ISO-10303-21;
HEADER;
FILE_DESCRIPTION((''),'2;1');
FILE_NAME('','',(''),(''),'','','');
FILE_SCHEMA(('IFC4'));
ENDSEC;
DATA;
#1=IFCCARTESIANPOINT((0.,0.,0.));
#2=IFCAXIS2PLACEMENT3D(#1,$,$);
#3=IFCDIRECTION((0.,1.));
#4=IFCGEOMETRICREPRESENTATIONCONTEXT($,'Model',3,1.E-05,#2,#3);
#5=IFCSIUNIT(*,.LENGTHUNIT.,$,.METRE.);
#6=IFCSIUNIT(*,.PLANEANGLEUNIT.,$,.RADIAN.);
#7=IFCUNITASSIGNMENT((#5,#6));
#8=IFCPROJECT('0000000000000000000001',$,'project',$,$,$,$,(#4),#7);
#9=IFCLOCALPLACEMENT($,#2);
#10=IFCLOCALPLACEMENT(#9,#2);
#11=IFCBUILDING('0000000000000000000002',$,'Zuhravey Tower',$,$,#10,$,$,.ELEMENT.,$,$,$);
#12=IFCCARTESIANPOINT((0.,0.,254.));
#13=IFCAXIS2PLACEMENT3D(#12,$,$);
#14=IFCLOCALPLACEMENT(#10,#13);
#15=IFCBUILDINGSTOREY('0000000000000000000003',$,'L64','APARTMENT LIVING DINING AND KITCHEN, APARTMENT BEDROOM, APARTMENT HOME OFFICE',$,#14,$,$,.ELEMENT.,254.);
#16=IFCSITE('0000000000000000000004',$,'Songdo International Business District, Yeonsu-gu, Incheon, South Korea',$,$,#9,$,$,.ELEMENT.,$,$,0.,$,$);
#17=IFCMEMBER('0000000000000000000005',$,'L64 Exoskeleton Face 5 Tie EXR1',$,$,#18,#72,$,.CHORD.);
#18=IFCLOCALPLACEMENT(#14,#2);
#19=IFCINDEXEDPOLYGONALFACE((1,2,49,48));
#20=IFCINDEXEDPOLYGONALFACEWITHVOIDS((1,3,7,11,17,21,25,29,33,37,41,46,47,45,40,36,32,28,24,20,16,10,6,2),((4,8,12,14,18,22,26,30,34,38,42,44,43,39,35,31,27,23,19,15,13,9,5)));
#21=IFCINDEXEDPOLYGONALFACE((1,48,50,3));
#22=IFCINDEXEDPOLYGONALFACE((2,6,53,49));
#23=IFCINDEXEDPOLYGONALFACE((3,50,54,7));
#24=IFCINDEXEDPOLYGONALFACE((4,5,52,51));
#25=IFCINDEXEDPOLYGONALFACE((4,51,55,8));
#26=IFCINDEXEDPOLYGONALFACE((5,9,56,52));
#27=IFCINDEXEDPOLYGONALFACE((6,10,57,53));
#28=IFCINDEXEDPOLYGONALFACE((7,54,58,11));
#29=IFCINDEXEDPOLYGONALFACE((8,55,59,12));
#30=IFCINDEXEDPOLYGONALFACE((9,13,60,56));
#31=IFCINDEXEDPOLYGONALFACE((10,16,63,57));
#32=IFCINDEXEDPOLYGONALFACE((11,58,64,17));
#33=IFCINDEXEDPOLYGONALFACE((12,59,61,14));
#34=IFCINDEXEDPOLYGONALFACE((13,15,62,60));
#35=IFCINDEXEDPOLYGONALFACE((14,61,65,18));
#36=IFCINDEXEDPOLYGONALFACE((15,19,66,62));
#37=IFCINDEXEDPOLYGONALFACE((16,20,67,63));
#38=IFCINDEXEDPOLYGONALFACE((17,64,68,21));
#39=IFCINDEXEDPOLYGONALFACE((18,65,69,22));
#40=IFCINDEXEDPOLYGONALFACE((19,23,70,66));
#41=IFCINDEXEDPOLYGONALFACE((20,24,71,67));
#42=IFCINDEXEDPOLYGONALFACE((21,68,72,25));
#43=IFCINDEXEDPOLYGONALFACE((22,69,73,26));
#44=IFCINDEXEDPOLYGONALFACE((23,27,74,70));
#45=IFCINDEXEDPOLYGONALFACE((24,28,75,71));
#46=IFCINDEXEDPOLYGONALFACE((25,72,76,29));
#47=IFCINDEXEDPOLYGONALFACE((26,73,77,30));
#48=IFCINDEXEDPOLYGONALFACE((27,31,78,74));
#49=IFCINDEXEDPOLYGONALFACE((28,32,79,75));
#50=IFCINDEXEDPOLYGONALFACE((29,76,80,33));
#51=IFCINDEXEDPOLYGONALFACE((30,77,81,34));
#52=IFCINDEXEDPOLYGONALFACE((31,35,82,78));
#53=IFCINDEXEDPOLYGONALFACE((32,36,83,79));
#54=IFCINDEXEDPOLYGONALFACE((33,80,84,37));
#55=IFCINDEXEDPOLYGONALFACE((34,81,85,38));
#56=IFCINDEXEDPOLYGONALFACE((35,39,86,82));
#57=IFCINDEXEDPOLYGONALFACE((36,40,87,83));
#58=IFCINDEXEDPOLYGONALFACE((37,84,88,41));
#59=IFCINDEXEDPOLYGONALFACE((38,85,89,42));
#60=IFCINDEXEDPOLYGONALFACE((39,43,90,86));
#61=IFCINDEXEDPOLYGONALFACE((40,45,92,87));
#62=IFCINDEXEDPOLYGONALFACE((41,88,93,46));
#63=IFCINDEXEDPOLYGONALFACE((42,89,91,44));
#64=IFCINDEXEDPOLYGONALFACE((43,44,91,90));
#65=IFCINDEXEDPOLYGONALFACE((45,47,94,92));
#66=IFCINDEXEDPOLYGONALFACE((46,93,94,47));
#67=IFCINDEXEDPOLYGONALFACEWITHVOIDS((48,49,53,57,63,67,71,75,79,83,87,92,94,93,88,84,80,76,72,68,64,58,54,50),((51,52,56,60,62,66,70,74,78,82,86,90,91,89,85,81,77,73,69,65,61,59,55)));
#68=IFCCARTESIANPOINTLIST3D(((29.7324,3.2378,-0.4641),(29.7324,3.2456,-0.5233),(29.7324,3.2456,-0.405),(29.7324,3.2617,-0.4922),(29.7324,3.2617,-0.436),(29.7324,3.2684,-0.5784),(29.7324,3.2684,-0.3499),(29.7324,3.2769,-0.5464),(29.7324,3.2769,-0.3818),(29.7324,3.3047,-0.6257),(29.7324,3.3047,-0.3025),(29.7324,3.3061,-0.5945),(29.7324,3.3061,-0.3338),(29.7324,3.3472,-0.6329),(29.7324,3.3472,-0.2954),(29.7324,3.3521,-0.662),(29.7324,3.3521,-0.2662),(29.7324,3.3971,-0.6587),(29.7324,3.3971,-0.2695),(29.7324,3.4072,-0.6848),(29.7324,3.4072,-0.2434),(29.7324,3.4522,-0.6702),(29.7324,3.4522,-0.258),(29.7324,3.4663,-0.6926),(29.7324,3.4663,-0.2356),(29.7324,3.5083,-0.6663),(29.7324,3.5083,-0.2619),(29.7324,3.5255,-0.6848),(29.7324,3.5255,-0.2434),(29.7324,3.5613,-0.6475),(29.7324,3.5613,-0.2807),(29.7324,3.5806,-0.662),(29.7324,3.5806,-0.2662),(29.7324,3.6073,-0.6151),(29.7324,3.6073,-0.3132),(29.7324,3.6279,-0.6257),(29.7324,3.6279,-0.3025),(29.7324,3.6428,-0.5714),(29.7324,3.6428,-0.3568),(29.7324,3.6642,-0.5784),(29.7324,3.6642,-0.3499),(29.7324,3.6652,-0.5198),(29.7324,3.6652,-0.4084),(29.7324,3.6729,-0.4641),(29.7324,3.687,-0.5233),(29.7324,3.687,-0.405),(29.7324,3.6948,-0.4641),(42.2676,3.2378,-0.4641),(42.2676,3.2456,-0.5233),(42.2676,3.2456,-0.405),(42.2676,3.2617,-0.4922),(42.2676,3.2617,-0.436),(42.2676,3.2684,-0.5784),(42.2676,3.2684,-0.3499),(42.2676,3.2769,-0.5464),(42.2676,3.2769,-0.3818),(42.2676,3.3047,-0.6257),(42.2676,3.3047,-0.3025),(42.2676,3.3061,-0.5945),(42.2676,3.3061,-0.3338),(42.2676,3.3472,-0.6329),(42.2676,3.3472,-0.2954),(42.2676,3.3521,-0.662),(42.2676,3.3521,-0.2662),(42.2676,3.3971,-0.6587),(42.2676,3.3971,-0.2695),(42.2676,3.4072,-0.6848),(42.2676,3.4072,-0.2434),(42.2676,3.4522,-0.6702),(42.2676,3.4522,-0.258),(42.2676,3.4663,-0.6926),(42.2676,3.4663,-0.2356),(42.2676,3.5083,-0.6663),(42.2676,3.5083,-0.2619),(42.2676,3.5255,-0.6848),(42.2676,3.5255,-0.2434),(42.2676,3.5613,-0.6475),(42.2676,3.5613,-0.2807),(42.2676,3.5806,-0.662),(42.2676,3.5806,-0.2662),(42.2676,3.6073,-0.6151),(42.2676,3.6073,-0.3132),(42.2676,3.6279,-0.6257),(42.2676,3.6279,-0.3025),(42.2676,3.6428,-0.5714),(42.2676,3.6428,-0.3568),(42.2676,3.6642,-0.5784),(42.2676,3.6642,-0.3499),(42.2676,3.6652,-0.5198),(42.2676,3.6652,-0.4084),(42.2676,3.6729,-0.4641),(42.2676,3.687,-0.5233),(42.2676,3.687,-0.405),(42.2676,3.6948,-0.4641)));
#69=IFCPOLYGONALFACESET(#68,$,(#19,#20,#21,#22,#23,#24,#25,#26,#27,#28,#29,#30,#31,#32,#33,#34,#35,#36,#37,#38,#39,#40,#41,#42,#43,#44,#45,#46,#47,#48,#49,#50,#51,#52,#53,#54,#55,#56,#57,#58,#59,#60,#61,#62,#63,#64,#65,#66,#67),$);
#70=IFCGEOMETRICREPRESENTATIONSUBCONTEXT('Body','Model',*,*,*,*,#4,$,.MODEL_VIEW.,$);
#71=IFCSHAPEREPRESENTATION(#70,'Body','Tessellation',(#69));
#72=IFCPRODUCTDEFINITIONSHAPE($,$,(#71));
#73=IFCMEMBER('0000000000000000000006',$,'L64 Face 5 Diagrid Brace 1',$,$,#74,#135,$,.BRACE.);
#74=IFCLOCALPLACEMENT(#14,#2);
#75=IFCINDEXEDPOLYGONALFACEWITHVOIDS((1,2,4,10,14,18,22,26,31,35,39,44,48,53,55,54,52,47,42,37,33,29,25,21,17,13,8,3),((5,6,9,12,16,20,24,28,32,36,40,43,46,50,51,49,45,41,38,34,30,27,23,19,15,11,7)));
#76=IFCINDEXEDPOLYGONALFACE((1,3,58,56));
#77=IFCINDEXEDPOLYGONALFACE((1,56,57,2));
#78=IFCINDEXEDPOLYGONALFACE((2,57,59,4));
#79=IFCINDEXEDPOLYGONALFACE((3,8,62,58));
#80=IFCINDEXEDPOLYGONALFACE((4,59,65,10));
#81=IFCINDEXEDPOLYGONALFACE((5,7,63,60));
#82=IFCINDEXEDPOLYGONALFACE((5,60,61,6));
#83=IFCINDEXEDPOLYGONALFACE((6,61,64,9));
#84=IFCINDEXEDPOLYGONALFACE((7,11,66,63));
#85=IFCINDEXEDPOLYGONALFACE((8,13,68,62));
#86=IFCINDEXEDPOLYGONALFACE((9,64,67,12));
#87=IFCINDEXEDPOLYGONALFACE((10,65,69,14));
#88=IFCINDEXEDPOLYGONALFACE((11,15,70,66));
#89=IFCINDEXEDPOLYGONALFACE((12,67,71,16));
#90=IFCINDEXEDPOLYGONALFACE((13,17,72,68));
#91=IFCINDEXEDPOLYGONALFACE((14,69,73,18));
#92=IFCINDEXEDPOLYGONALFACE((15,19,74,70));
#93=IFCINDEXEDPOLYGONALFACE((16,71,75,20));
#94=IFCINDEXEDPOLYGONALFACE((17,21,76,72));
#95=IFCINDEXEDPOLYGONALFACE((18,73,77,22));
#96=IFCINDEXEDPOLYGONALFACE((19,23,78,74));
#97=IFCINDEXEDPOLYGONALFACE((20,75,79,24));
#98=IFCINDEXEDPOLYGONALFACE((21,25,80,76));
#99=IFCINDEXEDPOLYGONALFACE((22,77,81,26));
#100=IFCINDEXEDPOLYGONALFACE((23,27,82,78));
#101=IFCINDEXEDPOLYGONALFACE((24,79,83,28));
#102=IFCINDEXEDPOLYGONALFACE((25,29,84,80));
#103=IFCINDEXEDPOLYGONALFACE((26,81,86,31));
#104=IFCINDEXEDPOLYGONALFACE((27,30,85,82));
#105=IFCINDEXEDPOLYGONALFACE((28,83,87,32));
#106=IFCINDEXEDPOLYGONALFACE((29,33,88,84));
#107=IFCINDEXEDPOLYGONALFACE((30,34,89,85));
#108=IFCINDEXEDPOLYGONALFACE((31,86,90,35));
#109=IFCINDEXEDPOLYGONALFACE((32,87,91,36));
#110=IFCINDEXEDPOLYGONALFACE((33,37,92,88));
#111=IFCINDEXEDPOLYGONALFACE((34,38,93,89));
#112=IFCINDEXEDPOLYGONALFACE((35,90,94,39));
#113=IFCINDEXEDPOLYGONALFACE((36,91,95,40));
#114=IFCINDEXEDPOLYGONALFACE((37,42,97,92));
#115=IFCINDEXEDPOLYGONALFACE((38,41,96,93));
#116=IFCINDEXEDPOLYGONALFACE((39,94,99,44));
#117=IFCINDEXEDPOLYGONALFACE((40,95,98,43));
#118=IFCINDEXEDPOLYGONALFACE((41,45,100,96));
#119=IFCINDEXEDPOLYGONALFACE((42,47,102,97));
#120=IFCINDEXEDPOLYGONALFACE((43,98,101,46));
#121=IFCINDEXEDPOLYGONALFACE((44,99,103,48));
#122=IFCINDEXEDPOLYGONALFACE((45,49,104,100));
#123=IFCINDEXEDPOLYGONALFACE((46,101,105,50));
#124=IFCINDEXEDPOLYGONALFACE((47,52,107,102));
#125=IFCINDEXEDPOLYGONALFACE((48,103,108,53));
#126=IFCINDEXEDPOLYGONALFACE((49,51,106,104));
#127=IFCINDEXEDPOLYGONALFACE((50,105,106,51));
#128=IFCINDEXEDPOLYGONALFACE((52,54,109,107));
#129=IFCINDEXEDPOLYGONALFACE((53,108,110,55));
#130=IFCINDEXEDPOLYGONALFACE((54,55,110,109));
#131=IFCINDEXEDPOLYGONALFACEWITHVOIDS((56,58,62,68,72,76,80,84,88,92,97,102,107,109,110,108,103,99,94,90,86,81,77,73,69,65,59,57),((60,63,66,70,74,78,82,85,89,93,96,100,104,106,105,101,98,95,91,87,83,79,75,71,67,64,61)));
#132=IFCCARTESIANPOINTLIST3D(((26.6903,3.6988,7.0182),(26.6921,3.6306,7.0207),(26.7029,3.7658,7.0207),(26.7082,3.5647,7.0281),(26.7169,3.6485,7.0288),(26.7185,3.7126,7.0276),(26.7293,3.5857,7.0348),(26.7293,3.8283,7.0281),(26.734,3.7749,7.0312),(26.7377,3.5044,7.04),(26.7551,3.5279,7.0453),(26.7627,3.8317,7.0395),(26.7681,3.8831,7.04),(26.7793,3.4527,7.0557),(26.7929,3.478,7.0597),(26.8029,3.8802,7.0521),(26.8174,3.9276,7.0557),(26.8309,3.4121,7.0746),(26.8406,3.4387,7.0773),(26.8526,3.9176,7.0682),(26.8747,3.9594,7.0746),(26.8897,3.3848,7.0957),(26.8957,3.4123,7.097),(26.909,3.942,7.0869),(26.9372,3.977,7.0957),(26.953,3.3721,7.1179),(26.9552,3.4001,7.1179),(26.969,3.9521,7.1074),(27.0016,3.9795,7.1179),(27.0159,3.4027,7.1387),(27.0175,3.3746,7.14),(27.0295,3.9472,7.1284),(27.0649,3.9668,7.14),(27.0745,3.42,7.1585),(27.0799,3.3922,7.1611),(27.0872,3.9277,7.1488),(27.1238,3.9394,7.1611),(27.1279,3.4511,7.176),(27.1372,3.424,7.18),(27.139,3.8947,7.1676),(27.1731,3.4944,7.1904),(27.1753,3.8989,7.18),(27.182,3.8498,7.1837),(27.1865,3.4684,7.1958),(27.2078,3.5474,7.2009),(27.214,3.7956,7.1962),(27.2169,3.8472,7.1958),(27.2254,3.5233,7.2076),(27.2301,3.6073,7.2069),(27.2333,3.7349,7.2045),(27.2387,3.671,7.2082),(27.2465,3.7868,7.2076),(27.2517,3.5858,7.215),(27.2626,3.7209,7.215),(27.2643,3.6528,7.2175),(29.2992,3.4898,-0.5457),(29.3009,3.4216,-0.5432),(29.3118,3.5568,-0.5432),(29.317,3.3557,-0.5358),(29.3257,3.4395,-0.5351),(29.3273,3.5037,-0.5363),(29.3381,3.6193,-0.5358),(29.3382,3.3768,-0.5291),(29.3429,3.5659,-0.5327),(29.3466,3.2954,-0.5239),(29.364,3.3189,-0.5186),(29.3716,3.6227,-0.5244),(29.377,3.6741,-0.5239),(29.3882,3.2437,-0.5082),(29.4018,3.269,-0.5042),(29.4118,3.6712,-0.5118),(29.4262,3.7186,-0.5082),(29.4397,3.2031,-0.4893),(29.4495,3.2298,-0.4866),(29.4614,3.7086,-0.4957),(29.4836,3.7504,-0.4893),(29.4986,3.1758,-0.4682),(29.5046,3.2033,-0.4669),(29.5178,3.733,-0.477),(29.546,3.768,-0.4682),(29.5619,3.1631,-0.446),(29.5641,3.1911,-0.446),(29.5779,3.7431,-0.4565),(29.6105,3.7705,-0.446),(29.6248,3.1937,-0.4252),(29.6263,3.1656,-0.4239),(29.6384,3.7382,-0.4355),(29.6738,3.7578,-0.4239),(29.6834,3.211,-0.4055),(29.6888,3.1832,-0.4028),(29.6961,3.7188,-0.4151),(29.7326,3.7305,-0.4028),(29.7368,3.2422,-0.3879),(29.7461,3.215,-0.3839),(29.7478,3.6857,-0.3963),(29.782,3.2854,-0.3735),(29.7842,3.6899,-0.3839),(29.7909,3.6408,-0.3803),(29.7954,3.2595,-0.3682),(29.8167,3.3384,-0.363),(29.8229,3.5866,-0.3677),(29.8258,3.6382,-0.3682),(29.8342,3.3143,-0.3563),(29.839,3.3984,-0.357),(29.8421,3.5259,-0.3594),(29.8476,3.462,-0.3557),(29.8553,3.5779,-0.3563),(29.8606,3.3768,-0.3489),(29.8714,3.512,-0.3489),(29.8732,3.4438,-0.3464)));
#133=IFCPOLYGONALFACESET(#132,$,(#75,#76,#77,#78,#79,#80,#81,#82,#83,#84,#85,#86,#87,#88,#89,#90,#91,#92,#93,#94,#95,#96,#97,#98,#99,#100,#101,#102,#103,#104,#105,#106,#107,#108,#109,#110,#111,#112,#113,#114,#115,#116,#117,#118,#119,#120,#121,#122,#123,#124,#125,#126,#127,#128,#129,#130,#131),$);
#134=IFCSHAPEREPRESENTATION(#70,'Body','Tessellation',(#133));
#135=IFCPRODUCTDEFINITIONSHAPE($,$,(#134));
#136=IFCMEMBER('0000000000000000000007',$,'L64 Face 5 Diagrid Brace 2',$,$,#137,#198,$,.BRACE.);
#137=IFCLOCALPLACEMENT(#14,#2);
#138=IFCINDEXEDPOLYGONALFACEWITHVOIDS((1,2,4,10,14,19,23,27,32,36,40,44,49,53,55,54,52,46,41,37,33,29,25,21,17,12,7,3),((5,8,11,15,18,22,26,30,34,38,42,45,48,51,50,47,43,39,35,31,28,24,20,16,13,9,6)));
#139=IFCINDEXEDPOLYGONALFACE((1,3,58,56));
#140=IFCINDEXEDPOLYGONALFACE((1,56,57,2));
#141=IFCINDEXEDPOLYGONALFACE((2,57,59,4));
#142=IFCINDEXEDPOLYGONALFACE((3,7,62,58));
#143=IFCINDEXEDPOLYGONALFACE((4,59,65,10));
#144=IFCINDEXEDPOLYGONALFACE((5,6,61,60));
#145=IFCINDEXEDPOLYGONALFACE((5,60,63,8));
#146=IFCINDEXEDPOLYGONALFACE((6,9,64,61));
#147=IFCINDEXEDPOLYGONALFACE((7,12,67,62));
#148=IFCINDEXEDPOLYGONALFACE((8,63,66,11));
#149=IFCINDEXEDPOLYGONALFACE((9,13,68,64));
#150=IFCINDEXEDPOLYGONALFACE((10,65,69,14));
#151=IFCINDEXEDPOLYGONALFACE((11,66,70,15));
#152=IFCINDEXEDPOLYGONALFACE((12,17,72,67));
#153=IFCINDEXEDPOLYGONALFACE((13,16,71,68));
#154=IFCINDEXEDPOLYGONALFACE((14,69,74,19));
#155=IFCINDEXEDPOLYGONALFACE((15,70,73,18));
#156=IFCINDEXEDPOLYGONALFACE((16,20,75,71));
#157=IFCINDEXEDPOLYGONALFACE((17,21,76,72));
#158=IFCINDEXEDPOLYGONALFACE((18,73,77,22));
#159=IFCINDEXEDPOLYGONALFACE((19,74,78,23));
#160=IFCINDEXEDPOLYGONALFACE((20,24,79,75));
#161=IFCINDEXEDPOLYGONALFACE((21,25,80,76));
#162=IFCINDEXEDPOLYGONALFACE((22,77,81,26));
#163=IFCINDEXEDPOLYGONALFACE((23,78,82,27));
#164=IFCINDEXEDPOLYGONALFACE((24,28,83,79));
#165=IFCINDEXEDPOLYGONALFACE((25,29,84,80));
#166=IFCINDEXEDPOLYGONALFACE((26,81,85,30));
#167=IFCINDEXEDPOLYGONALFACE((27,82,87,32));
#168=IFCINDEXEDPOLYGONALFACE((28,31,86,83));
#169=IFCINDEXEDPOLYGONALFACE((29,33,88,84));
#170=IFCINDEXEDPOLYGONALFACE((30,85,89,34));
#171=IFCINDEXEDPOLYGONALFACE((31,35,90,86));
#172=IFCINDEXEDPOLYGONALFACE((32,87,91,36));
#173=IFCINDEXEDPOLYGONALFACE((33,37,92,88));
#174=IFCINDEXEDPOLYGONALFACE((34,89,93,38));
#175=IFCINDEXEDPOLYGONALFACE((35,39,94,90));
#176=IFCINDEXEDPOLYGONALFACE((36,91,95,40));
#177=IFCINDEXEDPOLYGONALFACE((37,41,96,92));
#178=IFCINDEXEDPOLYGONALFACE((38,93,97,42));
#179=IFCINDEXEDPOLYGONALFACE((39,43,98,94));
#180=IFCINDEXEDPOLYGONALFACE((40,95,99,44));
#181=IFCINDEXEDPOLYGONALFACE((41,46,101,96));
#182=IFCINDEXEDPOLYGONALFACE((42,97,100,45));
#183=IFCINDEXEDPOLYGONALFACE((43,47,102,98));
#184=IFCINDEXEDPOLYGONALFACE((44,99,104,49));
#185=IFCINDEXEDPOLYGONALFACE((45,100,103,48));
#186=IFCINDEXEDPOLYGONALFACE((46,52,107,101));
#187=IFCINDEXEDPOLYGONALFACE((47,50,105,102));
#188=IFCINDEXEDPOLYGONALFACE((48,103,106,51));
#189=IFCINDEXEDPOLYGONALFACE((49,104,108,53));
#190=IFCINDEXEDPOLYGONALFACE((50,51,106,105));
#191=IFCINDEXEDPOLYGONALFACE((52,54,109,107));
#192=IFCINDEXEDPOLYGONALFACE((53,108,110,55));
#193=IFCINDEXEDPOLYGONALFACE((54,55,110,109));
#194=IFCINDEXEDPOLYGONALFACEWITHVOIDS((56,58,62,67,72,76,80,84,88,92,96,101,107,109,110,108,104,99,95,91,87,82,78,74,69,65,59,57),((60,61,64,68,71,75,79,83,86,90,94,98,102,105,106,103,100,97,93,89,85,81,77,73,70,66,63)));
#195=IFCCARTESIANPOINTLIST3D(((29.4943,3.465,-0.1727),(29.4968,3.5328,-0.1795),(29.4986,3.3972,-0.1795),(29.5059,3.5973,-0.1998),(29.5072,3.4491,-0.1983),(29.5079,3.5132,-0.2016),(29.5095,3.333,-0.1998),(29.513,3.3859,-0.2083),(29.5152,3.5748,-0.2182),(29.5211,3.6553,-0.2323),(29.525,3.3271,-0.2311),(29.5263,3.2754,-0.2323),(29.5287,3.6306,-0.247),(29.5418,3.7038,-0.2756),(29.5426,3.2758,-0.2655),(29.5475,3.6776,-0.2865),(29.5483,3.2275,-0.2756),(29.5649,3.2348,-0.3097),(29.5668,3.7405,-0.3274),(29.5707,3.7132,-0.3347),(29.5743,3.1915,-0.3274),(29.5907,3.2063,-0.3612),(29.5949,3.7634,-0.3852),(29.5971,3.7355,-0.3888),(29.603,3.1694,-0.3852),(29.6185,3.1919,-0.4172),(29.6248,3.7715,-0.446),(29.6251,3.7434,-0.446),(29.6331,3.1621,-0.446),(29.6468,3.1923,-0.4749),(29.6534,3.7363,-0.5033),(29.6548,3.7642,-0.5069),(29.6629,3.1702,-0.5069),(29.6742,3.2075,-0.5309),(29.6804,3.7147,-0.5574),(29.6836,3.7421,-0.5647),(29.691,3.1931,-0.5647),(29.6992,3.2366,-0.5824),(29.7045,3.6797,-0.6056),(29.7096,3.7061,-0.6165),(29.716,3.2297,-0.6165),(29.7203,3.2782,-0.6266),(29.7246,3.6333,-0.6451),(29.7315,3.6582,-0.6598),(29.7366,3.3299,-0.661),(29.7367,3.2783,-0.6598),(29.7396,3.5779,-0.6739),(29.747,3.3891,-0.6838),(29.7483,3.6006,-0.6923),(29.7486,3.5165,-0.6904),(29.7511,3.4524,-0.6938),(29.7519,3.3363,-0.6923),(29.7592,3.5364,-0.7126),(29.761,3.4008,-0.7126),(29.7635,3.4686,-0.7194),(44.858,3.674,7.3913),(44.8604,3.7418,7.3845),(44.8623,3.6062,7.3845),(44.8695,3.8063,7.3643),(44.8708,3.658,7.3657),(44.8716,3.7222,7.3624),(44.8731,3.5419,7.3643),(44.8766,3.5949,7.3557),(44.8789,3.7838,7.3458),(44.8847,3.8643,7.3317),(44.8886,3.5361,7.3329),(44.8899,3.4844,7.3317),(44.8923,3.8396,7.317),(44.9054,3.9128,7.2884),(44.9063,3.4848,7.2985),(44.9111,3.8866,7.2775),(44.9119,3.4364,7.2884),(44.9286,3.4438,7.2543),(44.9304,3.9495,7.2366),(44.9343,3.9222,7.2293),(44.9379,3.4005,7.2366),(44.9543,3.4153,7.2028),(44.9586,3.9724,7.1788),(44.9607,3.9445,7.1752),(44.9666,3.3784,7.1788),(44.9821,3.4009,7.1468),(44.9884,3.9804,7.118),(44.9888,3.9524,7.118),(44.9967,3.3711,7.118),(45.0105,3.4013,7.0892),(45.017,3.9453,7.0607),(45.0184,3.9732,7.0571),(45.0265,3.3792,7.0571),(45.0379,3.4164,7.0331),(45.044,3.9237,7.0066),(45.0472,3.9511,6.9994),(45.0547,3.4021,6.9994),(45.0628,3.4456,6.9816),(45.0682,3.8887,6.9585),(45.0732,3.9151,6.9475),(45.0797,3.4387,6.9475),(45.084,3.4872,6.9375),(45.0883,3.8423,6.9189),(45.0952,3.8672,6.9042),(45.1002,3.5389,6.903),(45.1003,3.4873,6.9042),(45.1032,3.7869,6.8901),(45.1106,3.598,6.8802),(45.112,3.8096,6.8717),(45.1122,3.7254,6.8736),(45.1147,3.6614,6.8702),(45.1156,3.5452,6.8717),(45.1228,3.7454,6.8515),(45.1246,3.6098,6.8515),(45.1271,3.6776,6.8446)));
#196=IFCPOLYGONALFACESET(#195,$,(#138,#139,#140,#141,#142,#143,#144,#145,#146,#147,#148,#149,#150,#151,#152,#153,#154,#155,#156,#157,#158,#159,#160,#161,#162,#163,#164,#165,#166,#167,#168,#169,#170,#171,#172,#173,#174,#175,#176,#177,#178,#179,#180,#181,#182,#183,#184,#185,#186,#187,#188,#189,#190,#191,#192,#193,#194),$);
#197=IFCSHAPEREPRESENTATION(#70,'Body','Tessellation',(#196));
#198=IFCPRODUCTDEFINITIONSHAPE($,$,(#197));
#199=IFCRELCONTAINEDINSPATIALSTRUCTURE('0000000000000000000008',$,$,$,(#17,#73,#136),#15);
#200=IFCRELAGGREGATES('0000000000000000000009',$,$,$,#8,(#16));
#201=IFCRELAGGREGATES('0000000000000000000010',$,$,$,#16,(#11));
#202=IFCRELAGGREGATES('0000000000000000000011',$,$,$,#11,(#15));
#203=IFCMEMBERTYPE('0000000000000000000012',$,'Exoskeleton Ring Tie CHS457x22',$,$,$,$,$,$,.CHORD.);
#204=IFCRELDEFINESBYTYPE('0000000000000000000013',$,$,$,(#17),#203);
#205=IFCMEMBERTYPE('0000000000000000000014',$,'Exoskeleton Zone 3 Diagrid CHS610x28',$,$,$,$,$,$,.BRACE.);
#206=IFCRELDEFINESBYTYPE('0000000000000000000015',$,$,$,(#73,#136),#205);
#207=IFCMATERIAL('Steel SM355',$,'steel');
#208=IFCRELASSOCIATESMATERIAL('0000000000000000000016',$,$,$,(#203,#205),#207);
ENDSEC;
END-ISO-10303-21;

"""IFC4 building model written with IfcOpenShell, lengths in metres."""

from ifc_helpers import new_model, si_unit, direction, frame, origin, origin_2d, place, context, subcontext, project, spatial, hollow_circle, extrude, material, material_profile, profile_set, type_object, element, save


model = new_model("IFC4")

# Units and contexts
model_context = context("Model", 3, precision=1e-05, world=origin(), true_north=direction((0.0, 1.0)))
body_context = subcontext(model_context, "Body", "Model", "MODEL_VIEW")
ifc_project = project(units=[si_unit("LENGTHUNIT", "METRE"), si_unit("PLANEANGLEUNIT", "RADIAN")], contexts=[model_context])

# Site, building, storey
site_placement = place(None, origin())
site = spatial("IfcSite", under=ifc_project, at=site_placement, Name="Songdo International Business District, Yeonsu-gu, Incheon, South Korea", CompositionType="ELEMENT", RefElevation=0.0)
building_placement = place(site_placement, origin())
building = spatial("IfcBuilding", under=site, at=building_placement, Name="Zuhravey Tower", CompositionType="ELEMENT")
storey_placement = place(building_placement, frame((0.0, 0.0, 254.0)))
storey = spatial("IfcBuildingStorey", under=building, at=storey_placement, Name="L64", Description="APARTMENT LIVING DINING AND KITCHEN, APARTMENT BEDROOM, APARTMENT HOME OFFICE", CompositionType="ELEMENT", Elevation=254.0)

# Members
ifc_material_1 = material(Name="Steel SM355", Category="steel")
ifc_material_profile_1 = material_profile(ifc_material_1, hollow_circle(Radius=0.2285, WallThickness=0.022, at=origin_2d()), Name="CHS-457.2x22")
ifc_profile_set_1 = profile_set([ifc_material_profile_1], Name="Steel SM355")
member_type_1 = type_object("IfcMemberType", Name="Exoskeleton Ring Tie CHS457x22", PredefinedType="CHORD", material=ifc_profile_set_1)
member_1_placement = place(storey_placement, frame((29.7324, 3.4663, -0.4641), z_axis=(1.0, 0.0, 0.0), x_axis=(0.0, 1.0, 0.0)))
element("IfcMember", 1, at=member_1_placement, inside=storey, type_object=member_type_1, Name="L64 Exoskeleton Face 5 Tie EXR1", PredefinedType="CHORD", context=body_context, shape_type="SweptSolid", body=[
    extrude(hollow_circle(Radius=0.2285, WallThickness=0.022, at=origin_2d()), origin(), (0.0, 0.0, 1.0), 12.5352),
])
ifc_material_profile_2 = material_profile(ifc_material_1, hollow_circle(Radius=0.3047, WallThickness=0.0281, at=origin_2d()), Name="CHS-609.6x28")
ifc_profile_set_2 = profile_set([ifc_material_profile_2], Name="Steel SM355")
member_type_2 = type_object("IfcMemberType", Name="Exoskeleton Zone 3 Diagrid CHS610x28", PredefinedType="BRACE", material=ifc_profile_set_2)
member_2_placement = place(storey_placement, frame((29.5862, 3.4668, -0.446), z_axis=(-0.325949, 0.02611, 0.945027), x_axis=(-0.079849, -0.996807, 0.0)))
element("IfcMember", 2, at=member_2_placement, inside=storey, type_object=member_type_2, Name="L64 Face 5 Diagrid Brace 1", PredefinedType="BRACE", context=body_context, shape_type="SweptSolid", body=[
    extrude(hollow_circle(Radius=0.3047, WallThickness=0.0281, at=origin_2d()), origin(), (0.0, 0.0, 1.0), 8.0039),
])
member_3_placement = place(storey_placement, frame((29.6289, 3.4668, -0.446), z_axis=(0.897095, 0.012203, 0.441669), x_axis=(-0.013601, 0.999907, 0.0)))
element("IfcMember", 3, at=member_3_placement, inside=storey, type_object=member_type_2, Name="L64 Face 5 Diagrid Brace 2", PredefinedType="BRACE", context=body_context, shape_type="SweptSolid", body=[
    extrude(hollow_circle(Radius=0.3047, WallThickness=0.0281, at=origin_2d()), origin(), (0.0, 0.0, 1.0), 17.126),
])

save(model, "model.ifc")
